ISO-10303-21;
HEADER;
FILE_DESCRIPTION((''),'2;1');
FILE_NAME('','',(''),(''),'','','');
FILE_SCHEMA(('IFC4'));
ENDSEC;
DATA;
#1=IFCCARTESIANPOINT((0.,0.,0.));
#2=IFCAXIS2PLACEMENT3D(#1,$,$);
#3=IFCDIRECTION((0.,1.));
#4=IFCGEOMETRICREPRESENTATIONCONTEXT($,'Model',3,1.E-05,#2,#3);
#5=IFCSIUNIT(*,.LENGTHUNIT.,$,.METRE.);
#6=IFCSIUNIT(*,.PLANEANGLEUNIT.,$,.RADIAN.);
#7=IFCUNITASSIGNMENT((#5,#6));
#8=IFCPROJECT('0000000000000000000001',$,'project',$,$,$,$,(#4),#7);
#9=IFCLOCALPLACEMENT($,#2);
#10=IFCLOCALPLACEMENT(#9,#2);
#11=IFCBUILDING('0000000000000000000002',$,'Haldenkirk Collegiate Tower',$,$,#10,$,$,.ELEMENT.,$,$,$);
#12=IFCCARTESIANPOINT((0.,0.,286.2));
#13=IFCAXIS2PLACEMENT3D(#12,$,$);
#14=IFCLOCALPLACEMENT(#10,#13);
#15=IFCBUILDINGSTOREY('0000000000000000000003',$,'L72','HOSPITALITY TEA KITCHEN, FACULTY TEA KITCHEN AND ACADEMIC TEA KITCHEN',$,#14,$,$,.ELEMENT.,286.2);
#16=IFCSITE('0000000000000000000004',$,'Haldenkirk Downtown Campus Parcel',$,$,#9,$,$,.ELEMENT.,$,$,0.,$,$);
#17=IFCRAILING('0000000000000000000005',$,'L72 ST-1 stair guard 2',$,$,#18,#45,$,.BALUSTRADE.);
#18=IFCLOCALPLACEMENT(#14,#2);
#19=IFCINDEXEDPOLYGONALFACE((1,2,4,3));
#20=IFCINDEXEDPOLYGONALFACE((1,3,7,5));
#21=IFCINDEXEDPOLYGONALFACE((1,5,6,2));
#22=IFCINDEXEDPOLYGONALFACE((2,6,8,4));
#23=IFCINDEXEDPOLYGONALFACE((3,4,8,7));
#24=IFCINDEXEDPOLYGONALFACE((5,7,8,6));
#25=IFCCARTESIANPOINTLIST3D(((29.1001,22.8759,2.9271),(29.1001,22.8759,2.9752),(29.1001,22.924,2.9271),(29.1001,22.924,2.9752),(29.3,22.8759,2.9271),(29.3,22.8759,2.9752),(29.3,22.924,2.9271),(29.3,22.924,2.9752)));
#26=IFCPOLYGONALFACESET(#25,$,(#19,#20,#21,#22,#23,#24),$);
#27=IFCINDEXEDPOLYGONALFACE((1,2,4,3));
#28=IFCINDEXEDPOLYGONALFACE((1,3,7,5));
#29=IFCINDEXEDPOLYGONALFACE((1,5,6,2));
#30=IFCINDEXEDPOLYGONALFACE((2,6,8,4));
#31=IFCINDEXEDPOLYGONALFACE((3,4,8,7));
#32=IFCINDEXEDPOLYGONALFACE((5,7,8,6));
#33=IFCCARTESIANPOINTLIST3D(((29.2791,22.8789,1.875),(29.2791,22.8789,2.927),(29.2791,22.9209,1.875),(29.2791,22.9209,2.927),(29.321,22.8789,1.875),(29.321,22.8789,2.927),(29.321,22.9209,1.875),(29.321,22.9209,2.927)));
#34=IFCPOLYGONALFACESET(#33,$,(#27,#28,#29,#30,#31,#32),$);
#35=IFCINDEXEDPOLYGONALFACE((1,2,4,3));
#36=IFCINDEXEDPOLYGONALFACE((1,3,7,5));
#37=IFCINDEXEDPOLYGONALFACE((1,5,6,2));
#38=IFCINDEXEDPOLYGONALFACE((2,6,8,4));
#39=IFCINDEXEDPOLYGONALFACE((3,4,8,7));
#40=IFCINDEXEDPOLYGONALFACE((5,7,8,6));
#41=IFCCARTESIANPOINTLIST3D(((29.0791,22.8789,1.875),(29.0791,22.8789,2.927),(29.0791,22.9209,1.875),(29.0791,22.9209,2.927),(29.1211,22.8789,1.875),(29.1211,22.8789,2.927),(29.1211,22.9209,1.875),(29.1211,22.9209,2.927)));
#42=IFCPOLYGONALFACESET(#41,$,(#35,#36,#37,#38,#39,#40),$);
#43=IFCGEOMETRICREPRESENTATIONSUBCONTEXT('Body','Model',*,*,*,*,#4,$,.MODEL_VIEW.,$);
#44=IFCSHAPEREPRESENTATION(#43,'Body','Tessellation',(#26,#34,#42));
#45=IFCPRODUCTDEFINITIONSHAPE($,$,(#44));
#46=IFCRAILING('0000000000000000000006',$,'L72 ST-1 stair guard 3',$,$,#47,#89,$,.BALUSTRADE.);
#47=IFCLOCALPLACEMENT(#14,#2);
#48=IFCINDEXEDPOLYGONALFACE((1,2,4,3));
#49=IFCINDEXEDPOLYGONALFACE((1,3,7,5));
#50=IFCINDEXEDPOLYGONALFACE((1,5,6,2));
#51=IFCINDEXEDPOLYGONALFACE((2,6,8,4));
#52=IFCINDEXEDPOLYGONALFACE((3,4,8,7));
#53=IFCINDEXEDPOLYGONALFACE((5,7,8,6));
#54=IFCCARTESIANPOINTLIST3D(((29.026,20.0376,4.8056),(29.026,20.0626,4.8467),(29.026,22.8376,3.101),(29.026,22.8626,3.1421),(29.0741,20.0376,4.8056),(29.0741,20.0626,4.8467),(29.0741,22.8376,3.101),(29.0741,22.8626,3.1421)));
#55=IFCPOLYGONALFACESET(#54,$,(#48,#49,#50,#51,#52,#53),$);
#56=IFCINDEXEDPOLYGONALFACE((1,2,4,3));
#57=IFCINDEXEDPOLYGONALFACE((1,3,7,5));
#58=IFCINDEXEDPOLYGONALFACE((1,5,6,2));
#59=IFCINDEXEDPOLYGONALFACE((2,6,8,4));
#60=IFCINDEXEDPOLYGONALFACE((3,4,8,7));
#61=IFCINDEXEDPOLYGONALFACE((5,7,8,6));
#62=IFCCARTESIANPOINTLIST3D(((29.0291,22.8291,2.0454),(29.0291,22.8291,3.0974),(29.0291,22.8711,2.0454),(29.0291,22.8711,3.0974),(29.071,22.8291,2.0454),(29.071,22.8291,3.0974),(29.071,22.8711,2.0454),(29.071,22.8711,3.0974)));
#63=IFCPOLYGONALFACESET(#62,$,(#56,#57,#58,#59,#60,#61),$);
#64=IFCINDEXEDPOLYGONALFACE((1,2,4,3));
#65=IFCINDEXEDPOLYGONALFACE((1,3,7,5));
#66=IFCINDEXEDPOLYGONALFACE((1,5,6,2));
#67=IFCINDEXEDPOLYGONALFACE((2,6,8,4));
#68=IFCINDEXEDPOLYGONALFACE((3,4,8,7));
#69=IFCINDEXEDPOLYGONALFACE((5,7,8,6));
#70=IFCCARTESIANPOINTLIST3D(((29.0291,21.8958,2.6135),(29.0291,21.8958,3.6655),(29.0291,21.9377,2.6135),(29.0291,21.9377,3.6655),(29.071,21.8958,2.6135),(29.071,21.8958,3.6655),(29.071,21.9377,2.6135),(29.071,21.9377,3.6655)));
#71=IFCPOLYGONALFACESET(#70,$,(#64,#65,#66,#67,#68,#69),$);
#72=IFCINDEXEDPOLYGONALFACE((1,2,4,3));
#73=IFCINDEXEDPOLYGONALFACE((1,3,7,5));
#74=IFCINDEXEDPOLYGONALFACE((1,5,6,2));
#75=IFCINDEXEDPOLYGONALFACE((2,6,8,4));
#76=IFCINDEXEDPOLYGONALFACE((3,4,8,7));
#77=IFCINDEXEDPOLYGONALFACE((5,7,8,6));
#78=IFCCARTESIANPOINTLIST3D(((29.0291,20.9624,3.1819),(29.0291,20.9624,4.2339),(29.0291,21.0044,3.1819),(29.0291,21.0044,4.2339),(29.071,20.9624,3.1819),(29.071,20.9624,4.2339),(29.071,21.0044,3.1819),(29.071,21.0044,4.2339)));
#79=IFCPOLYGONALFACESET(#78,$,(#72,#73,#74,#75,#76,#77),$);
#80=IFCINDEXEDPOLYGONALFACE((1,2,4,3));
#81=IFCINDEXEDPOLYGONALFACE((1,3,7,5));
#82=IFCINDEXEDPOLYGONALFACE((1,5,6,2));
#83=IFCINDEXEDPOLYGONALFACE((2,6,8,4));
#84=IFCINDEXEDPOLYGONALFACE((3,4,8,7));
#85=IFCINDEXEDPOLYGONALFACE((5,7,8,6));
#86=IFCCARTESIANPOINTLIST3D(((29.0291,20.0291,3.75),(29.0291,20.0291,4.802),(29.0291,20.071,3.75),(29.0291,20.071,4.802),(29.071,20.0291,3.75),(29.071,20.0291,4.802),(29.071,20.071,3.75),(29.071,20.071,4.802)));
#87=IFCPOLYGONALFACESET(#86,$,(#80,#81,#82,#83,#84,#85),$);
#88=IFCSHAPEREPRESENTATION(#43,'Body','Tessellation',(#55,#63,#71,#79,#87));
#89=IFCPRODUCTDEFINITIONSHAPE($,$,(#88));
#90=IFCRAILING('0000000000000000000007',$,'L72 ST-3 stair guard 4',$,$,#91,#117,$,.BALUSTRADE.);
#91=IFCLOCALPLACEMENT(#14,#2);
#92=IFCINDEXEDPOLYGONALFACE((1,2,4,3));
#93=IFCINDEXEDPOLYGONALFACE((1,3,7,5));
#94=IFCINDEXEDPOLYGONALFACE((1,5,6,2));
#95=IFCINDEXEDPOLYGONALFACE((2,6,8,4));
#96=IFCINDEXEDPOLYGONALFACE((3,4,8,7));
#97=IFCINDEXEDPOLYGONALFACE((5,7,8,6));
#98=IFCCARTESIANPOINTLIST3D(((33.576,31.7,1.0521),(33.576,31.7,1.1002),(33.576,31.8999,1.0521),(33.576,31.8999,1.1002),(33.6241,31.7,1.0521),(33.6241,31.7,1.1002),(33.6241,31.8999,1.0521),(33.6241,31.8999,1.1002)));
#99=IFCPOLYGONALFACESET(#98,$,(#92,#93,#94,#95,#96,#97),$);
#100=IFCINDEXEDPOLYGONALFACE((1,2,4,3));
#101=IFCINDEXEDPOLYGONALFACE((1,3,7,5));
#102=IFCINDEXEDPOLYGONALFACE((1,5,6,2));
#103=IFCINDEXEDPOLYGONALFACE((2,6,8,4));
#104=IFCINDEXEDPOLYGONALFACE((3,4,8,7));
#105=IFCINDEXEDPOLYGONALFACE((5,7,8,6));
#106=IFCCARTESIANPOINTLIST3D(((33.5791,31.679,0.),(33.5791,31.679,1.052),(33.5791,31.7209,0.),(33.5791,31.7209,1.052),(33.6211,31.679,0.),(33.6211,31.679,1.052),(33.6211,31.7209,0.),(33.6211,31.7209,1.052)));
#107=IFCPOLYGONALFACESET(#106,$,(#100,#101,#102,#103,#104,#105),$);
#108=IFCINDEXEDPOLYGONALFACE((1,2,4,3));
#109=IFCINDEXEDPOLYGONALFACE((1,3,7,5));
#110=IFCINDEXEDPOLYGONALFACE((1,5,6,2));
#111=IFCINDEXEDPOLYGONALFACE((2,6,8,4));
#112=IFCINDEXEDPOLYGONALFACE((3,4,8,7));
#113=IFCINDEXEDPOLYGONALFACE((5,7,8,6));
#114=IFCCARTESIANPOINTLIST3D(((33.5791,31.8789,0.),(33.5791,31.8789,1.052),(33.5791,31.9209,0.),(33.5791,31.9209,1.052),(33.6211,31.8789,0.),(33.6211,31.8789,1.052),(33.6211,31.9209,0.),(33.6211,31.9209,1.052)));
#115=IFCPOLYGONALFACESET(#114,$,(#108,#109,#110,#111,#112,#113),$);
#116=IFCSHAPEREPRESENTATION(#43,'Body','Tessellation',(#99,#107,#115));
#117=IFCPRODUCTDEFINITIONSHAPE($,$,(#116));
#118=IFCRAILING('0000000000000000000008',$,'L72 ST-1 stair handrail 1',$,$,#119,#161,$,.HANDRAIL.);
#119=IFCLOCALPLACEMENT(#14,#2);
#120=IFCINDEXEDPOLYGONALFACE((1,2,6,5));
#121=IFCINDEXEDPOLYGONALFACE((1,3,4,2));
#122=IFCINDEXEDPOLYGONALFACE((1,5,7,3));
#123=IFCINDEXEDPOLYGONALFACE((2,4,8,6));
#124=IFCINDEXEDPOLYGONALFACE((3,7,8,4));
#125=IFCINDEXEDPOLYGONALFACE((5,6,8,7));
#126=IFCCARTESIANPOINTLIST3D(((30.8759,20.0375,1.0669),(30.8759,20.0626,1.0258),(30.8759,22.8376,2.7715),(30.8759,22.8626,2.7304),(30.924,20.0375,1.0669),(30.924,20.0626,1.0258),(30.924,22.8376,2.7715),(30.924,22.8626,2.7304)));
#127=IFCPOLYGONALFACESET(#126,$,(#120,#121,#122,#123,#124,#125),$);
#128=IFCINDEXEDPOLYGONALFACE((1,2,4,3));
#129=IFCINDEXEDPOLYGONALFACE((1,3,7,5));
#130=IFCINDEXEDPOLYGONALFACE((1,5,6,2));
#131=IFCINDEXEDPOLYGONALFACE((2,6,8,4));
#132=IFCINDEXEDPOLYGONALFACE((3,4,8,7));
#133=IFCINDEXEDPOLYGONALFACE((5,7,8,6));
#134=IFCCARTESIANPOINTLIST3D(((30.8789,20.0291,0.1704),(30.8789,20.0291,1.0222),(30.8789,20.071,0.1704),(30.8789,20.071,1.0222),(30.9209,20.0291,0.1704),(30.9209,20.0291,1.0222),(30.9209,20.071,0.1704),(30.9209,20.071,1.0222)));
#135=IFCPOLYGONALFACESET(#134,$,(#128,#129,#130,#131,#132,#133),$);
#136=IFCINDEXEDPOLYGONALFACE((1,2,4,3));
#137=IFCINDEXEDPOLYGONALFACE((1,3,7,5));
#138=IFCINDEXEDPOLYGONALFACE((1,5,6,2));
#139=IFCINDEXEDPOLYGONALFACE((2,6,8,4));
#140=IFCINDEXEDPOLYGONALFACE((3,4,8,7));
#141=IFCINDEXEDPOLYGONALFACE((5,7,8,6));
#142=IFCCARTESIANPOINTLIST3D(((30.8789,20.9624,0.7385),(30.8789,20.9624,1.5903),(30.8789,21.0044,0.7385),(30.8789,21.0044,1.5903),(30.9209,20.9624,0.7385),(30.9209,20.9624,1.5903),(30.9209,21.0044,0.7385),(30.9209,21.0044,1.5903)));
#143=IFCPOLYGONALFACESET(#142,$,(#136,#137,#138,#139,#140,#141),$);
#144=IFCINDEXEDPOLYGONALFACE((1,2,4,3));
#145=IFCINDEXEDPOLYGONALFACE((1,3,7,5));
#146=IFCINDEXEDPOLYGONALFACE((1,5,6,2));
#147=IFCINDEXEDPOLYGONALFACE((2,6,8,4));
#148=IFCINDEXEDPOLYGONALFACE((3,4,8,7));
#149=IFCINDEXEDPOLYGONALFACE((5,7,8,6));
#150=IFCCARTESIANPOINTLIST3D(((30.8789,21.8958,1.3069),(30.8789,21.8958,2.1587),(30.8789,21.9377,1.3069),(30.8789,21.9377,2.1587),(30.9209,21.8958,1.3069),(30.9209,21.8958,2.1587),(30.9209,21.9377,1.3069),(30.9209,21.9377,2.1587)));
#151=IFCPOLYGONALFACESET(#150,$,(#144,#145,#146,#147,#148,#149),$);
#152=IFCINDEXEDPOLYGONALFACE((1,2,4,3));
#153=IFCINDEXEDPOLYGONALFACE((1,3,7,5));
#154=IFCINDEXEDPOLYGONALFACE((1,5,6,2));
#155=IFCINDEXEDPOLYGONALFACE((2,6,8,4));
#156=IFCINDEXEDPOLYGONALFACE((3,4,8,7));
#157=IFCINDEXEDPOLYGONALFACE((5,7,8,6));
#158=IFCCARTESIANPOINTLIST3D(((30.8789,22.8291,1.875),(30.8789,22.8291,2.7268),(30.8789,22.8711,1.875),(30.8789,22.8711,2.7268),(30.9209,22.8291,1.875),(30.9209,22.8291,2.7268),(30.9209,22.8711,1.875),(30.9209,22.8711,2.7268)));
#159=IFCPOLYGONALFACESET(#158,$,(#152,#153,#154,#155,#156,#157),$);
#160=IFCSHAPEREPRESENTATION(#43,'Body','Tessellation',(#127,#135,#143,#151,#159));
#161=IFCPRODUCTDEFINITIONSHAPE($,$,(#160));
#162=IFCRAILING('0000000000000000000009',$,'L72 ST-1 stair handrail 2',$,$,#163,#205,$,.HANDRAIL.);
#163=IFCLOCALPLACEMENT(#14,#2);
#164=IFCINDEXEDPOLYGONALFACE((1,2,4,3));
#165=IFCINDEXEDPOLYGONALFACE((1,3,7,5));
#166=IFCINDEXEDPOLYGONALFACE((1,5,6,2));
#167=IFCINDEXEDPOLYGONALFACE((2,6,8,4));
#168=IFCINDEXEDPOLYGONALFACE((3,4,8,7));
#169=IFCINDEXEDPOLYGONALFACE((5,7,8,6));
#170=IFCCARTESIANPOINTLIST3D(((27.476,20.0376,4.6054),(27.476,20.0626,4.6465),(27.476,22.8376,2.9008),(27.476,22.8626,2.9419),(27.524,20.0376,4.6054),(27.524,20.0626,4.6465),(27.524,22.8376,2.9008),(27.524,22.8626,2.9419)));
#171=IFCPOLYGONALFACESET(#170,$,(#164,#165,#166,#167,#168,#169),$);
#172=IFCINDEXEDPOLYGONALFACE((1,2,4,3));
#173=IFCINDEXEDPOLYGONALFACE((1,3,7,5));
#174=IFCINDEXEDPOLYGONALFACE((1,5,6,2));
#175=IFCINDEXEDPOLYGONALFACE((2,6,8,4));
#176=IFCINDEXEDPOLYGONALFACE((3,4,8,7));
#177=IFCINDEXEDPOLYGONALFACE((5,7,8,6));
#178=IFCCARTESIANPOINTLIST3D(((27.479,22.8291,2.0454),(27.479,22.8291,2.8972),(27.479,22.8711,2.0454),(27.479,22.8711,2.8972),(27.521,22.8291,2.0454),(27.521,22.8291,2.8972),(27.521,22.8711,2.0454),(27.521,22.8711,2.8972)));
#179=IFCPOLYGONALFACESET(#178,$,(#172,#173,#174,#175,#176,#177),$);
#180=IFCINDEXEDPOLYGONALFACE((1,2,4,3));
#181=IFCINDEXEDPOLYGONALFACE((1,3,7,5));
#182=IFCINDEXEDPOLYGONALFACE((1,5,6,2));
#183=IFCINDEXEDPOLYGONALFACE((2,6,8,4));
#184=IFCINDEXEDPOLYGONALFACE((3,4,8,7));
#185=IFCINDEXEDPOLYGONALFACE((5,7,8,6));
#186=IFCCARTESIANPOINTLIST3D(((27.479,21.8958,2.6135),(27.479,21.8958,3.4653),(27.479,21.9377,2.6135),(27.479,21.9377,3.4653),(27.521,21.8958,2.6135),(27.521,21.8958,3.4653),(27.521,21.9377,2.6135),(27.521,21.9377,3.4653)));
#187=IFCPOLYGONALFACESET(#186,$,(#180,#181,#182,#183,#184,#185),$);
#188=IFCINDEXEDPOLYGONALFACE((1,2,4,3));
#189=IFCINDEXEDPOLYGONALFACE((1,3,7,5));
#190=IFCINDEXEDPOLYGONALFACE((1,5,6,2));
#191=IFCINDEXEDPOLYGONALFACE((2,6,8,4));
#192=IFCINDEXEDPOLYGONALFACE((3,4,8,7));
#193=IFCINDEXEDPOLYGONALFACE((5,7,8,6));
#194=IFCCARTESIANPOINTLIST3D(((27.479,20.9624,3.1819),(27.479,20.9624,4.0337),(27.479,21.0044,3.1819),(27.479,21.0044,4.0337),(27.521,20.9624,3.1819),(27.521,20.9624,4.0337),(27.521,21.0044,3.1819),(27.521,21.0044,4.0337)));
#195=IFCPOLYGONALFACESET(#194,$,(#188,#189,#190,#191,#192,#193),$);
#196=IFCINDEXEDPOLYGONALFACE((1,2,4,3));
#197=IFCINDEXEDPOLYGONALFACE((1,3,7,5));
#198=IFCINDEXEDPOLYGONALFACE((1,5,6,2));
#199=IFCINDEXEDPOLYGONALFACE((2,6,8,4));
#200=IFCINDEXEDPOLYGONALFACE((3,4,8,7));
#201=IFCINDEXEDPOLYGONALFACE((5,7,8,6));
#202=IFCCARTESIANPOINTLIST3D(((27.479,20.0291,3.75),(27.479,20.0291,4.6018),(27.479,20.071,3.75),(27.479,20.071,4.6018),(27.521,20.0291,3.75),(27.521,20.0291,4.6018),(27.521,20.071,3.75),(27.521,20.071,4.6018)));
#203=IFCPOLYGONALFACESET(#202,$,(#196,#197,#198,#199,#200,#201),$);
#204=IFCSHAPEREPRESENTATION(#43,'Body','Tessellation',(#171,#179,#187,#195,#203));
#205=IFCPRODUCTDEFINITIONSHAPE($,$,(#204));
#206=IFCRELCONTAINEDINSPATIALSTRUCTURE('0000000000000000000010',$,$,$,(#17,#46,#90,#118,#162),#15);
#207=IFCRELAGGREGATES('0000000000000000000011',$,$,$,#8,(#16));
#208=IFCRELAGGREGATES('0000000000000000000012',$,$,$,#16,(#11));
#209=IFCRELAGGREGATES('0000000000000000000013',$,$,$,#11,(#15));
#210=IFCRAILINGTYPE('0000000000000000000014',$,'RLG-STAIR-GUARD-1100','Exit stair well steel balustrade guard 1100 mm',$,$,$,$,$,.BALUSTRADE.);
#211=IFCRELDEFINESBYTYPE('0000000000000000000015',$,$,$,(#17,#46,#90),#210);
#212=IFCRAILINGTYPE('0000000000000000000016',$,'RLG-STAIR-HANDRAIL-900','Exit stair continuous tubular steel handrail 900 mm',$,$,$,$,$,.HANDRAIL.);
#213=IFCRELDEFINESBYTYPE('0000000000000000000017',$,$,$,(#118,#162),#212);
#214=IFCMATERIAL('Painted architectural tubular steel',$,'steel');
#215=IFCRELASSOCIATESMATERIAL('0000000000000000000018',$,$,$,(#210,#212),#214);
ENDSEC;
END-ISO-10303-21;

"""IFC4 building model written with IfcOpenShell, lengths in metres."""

from ifc_helpers import new_model, si_unit, direction, frame, origin, origin_2d, place, context, subcontext, project, spatial, rectangle, extrude, material, type_object, element, save


model = new_model("IFC4")

# Units and contexts
model_context = context("Model", 3, precision=1e-05, world=origin(), true_north=direction((0.0, 1.0)))
body_context = subcontext(model_context, "Body", "Model", "MODEL_VIEW")
ifc_project = project(units=[si_unit("LENGTHUNIT", "METRE"), si_unit("PLANEANGLEUNIT", "RADIAN")], contexts=[model_context])

# Site, building, storey
site_placement = place(None, origin())
site = spatial("IfcSite", under=ifc_project, at=site_placement, Name="Haldenkirk Downtown Campus Parcel", CompositionType="ELEMENT", RefElevation=0.0)
building_placement = place(site_placement, origin())
building = spatial("IfcBuilding", under=site, at=building_placement, Name="Haldenkirk Collegiate Tower", CompositionType="ELEMENT")
storey_placement = place(building_placement, frame((0.0, 0.0, 286.2)))
storey = spatial("IfcBuildingStorey", under=building, at=storey_placement, Name="L72", Description="HOSPITALITY TEA KITCHEN, FACULTY TEA KITCHEN AND ACADEMIC TEA KITCHEN", CompositionType="ELEMENT", Elevation=286.2)

# Railings
ifc_material_1 = material(Name="Painted architectural tubular steel", Category="steel")
railing_type_1 = type_object("IfcRailingType", Name="RLG-STAIR-GUARD-1100", Description="Exit stair well steel balustrade guard 1100 mm", PredefinedType="BALUSTRADE", material=ifc_material_1)
railing_1_placement = place(storey_placement, frame((29.3, 22.8999, 1.875)))
element("IfcRailing", 1, at=railing_1_placement, inside=storey, type_object=railing_type_1, Name="L72 ST-1 stair guard 2", PredefinedType="BALUSTRADE", context=body_context, shape_type="SweptSolid", body=[
    extrude(rectangle(XDim=0.0481, YDim=0.0481, at=origin_2d()), frame((0.0, 0.0, 1.0762), z_axis=(-1.0, 0.0, 0.0), x_axis=(0.0, -1.0, 0.0)), (0.0, 0.0, 1.0), 0.2),
    extrude(rectangle(XDim=0.042, YDim=0.042, at=origin_2d()), origin(), (0.0, 0.0, 1.0), 1.052),
    extrude(rectangle(XDim=0.042, YDim=0.042, at=origin_2d()), frame((-0.2, 0.0, 0.0)), (0.0, 0.0, 1.0), 1.052),
])
railing_2_placement = place(storey_placement, frame((29.05, 22.8501, 2.0454)))
element("IfcRailing", 2, at=railing_2_placement, inside=storey, type_object=railing_type_1, Name="L72 ST-1 stair guard 3", PredefinedType="BALUSTRADE", context=body_context, shape_type="SweptSolid", body=[
    extrude(rectangle(XDim=0.0481, YDim=0.0481, at=origin_2d()), frame((0.0, 0.0, 1.0762), z_axis=(0.0, -0.85417, 0.519994), x_axis=(1.0, 0.0, 0.0)), (0.0, 0.0, 1.0), 3.2781),
    extrude(rectangle(XDim=0.042, YDim=0.042, at=origin_2d()), origin(), (0.0, 0.0, 1.0), 1.052),
    extrude(rectangle(XDim=0.042, YDim=0.042, at=origin_2d()), frame((0.0, -0.9333, 0.5681)), (0.0, 0.0, 1.0), 1.052),
    extrude(rectangle(XDim=0.042, YDim=0.042, at=origin_2d()), frame((0.0, -1.8667, 1.1365)), (0.0, 0.0, 1.0), 1.052),
    extrude(rectangle(XDim=0.042, YDim=0.042, at=origin_2d()), frame((0.0, -2.8, 1.7046)), (0.0, 0.0, 1.0), 1.052),
])
railing_3_placement = place(storey_placement, frame((33.6001, 31.7, 0.0)))
element("IfcRailing", 3, at=railing_3_placement, inside=storey, type_object=railing_type_1, Name="L72 ST-3 stair guard 4", PredefinedType="BALUSTRADE", context=body_context, shape_type="SweptSolid", body=[
    extrude(rectangle(XDim=0.0481, YDim=0.0481, at=origin_2d()), frame((0.0, 0.0, 1.0762), z_axis=(0.0, 1.0, 0.0), x_axis=(-1.0, 0.0, 0.0)), (0.0, 0.0, 1.0), 0.2),
    extrude(rectangle(XDim=0.042, YDim=0.042, at=origin_2d()), origin(), (0.0, 0.0, 1.0), 1.052),
    extrude(rectangle(XDim=0.042, YDim=0.042, at=origin_2d()), frame((0.0, 0.2, 0.0)), (0.0, 0.0, 1.0), 1.052),
])
railing_type_2 = type_object("IfcRailingType", Name="RLG-STAIR-HANDRAIL-900", Description="Exit stair continuous tubular steel handrail 900 mm", PredefinedType="HANDRAIL", material=ifc_material_1)
railing_4_placement = place(storey_placement, frame((30.8999, 20.05, 0.1704)))
element("IfcRailing", 4, at=railing_4_placement, inside=storey, type_object=railing_type_2, Name="L72 ST-1 stair handrail 1", PredefinedType="HANDRAIL", context=body_context, shape_type="SweptSolid", body=[
    extrude(rectangle(XDim=0.0481, YDim=0.0481, at=origin_2d()), frame((0.0, 0.0, 0.876), z_axis=(0.0, 0.85417, 0.519994), x_axis=(-1.0, 0.0, 0.0)), (0.0, 0.0, 1.0), 3.2781),
    extrude(rectangle(XDim=0.042, YDim=0.042, at=origin_2d()), origin(), (0.0, 0.0, 1.0), 0.8518),
    extrude(rectangle(XDim=0.042, YDim=0.042, at=origin_2d()), frame((0.0, 0.9333, 0.5681)), (0.0, 0.0, 1.0), 0.8518),
    extrude(rectangle(XDim=0.042, YDim=0.042, at=origin_2d()), frame((0.0, 1.8667, 1.1365)), (0.0, 0.0, 1.0), 0.8518),
    extrude(rectangle(XDim=0.042, YDim=0.042, at=origin_2d()), frame((0.0, 2.8, 1.7046)), (0.0, 0.0, 1.0), 0.8518),
])
railing_5_placement = place(storey_placement, frame((27.5, 22.8501, 2.0454)))
element("IfcRailing", 5, at=railing_5_placement, inside=storey, type_object=railing_type_2, Name="L72 ST-1 stair handrail 2", PredefinedType="HANDRAIL", context=body_context, shape_type="SweptSolid", body=[
    extrude(rectangle(XDim=0.0481, YDim=0.0481, at=origin_2d()), frame((0.0, 0.0, 0.876), z_axis=(0.0, -0.85417, 0.519994), x_axis=(1.0, 0.0, 0.0)), (0.0, 0.0, 1.0), 3.2781),
    extrude(rectangle(XDim=0.042, YDim=0.042, at=origin_2d()), origin(), (0.0, 0.0, 1.0), 0.8518),
    extrude(rectangle(XDim=0.042, YDim=0.042, at=origin_2d()), frame((0.0, -0.9333, 0.5681)), (0.0, 0.0, 1.0), 0.8518),
    extrude(rectangle(XDim=0.042, YDim=0.042, at=origin_2d()), frame((0.0, -1.8667, 1.1365)), (0.0, 0.0, 1.0), 0.8518),
    extrude(rectangle(XDim=0.042, YDim=0.042, at=origin_2d()), frame((0.0, -2.8, 1.7046)), (0.0, 0.0, 1.0), 0.8518),
])

save(model, "model.ifc")
